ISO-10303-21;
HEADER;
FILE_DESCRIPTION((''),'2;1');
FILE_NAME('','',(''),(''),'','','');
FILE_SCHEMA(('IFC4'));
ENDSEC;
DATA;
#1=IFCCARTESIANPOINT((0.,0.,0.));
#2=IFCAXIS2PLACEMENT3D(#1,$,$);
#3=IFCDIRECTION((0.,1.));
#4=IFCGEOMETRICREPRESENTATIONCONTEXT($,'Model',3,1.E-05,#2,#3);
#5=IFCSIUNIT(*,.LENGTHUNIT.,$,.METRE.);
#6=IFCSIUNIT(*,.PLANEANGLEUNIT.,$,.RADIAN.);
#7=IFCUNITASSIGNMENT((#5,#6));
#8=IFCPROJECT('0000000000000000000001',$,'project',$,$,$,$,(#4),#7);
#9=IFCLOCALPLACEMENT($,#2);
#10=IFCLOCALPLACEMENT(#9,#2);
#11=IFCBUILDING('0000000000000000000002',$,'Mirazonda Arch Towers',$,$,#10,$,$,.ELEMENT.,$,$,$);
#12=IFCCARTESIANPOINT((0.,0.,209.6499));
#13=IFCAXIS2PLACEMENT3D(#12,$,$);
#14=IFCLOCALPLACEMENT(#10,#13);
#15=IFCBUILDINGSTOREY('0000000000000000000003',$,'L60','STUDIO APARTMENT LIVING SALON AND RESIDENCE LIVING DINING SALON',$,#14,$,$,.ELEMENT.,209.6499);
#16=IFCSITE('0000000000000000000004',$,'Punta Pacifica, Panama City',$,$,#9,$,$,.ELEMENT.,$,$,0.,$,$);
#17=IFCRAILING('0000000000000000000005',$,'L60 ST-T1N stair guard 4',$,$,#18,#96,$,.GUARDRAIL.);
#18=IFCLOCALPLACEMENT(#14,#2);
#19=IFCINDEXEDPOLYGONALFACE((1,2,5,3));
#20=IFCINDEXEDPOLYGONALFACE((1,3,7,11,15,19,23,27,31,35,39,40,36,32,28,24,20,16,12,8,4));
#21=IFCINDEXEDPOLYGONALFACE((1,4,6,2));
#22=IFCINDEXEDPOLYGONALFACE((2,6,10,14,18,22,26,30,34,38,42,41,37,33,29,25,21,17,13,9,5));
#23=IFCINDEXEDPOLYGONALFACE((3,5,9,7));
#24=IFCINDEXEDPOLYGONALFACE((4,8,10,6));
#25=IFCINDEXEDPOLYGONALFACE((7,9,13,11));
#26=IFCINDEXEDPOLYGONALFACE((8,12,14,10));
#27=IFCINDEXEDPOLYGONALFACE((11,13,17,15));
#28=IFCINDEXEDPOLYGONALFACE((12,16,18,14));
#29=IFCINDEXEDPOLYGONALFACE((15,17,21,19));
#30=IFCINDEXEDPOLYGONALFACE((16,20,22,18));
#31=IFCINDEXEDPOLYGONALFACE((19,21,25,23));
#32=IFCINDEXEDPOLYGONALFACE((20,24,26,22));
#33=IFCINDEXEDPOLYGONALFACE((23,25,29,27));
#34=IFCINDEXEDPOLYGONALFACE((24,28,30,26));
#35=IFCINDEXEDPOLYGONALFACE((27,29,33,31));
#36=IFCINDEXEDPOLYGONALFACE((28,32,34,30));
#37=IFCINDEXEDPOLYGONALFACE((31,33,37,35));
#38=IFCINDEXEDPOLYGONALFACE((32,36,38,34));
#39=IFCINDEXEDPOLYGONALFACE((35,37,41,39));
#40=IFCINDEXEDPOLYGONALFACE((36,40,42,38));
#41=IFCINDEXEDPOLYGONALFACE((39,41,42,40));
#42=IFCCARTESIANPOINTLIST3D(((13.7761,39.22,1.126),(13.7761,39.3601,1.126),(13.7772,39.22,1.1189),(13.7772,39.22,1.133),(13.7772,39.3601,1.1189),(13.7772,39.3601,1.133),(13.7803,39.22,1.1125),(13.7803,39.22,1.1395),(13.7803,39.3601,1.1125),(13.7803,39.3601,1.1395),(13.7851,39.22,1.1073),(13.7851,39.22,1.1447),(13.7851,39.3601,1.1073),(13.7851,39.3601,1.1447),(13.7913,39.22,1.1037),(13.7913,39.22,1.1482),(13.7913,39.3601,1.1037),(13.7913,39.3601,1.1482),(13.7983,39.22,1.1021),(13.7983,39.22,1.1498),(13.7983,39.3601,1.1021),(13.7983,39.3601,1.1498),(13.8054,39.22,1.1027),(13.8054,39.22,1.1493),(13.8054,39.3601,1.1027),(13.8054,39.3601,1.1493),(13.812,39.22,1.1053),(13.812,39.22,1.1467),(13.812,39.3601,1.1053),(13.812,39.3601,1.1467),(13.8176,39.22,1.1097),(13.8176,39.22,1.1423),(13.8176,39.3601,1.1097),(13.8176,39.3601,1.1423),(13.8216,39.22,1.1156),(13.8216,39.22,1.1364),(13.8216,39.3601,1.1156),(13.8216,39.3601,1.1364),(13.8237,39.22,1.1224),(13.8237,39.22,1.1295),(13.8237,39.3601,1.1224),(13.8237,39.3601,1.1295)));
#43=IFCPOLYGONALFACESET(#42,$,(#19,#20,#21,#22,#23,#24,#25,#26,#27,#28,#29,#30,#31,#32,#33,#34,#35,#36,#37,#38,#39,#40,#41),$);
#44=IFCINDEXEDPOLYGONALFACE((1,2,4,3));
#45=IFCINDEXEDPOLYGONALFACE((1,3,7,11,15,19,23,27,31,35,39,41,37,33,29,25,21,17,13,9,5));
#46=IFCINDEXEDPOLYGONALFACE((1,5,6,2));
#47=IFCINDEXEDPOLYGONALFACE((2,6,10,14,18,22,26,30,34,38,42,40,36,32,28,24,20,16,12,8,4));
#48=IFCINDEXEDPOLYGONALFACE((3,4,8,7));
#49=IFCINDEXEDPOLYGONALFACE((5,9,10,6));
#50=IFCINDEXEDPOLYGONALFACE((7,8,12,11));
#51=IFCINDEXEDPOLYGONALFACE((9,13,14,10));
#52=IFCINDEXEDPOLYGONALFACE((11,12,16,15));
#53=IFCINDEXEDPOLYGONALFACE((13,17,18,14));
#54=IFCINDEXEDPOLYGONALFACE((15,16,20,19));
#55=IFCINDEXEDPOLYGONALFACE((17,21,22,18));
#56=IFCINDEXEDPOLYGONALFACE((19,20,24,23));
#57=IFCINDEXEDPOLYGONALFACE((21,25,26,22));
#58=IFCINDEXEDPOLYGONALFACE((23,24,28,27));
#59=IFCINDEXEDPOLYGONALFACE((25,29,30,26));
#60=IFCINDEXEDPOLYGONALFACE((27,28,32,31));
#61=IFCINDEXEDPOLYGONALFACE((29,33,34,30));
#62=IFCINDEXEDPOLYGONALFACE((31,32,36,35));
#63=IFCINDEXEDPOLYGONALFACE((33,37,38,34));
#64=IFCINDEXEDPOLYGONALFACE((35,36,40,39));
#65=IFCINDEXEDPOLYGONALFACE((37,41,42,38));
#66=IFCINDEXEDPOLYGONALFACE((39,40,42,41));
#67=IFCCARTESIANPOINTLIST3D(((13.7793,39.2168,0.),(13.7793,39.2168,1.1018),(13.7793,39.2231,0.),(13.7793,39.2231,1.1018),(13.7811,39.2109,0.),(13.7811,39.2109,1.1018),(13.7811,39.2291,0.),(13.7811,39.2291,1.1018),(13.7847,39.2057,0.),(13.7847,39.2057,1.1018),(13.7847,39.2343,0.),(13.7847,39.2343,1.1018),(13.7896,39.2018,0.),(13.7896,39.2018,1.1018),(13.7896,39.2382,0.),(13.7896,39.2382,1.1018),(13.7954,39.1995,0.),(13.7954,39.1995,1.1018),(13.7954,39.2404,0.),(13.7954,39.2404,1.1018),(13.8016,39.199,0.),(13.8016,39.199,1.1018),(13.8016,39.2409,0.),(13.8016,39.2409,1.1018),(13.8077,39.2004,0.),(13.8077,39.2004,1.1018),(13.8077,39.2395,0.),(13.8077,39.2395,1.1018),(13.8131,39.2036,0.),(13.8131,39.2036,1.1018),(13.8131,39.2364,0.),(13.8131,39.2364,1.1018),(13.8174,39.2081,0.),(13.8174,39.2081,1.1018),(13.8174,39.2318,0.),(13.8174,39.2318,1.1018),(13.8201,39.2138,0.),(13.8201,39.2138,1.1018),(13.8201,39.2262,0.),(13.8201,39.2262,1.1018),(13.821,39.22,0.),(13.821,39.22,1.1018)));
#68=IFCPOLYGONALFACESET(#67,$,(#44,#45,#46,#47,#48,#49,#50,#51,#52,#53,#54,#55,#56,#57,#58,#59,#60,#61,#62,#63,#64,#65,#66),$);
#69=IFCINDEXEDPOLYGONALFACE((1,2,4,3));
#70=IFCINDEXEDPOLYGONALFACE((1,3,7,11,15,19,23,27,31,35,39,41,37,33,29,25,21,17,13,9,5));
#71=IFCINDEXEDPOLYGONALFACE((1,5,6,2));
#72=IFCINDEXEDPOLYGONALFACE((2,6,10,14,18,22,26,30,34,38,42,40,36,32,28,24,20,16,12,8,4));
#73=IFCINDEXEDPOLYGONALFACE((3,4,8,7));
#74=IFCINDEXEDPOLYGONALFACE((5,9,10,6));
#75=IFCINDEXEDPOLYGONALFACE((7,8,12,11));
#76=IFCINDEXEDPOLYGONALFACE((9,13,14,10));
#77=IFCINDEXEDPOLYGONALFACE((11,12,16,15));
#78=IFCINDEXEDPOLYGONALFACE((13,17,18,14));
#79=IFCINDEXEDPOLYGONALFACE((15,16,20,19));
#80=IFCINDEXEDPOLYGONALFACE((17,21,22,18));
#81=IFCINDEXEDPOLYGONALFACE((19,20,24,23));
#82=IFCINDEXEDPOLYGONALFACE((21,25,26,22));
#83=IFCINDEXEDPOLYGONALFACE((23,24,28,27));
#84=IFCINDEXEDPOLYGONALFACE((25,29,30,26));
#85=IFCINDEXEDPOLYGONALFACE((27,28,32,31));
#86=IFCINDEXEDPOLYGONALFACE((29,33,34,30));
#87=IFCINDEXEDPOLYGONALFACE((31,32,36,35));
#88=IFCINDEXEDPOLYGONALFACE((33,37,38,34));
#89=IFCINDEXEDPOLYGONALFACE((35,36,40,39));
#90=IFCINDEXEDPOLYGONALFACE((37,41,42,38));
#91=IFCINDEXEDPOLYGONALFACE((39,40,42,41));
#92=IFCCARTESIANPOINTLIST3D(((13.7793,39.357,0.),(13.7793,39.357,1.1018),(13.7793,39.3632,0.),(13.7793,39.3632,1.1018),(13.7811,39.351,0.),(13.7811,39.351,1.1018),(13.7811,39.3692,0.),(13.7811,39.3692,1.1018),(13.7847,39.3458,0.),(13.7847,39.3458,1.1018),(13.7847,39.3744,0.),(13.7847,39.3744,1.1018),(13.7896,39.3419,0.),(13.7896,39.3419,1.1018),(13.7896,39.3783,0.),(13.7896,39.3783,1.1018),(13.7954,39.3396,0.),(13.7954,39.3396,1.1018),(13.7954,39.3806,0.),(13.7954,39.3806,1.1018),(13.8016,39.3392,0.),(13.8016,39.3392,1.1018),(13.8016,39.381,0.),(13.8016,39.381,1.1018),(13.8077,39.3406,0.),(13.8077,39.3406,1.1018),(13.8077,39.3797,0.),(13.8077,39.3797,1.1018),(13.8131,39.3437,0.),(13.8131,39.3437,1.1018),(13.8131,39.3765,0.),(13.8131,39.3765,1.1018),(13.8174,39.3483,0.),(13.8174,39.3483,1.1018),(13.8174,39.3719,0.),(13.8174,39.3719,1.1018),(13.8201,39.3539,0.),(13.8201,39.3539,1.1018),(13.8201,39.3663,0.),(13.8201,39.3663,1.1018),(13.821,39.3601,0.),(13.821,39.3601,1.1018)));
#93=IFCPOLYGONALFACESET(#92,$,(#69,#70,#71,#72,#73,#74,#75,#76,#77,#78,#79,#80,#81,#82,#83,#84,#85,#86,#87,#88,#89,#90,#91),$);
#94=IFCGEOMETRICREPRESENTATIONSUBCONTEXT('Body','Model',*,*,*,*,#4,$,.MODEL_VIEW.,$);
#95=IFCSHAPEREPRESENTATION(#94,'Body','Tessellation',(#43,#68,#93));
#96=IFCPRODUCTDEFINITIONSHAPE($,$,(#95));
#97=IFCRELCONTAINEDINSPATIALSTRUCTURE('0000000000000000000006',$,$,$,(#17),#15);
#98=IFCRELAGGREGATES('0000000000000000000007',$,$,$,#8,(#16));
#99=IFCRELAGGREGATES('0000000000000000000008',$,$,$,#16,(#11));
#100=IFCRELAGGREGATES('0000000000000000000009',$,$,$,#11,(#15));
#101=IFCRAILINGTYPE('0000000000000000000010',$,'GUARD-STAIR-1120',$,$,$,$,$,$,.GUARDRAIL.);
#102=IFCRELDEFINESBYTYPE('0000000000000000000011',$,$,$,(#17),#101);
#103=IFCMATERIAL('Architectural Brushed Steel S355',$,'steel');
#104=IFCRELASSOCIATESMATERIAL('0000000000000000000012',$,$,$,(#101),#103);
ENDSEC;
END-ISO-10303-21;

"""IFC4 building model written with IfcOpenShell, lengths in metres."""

from ifc_helpers import new_model, si_unit, direction, frame, origin, origin_2d, place, context, subcontext, project, spatial, circle, extrude, material, type_object, element, save


model = new_model("IFC4")

# Units and contexts
model_context = context("Model", 3, precision=1e-05, world=origin(), true_north=direction((0.0, 1.0)))
body_context = subcontext(model_context, "Body", "Model", "MODEL_VIEW")
ifc_project = project(units=[si_unit("LENGTHUNIT", "METRE"), si_unit("PLANEANGLEUNIT", "RADIAN")], contexts=[model_context])

# Site, building, storey
site_placement = place(None, origin())
site = spatial("IfcSite", under=ifc_project, at=site_placement, Name="Punta Pacifica, Panama City", CompositionType="ELEMENT", RefElevation=0.0)
building_placement = place(site_placement, origin())
building = spatial("IfcBuilding", under=site, at=building_placement, Name="Mirazonda Arch Towers", CompositionType="ELEMENT")
storey_placement = place(building_placement, frame((0.0, 0.0, 209.6499)))
storey = spatial("IfcBuildingStorey", under=building, at=storey_placement, Name="L60", Description="STUDIO APARTMENT LIVING SALON AND RESIDENCE LIVING DINING SALON", CompositionType="ELEMENT", Elevation=209.6499)

# Shared definitions
ifc_material_1 = material(Name="Architectural Brushed Steel S355", Category="steel")

# Railing
railing_type_1 = type_object("IfcRailingType", Name="GUARD-STAIR-1120", PredefinedType="GUARDRAIL", material=ifc_material_1)
railing_1_placement = place(storey_placement, frame((13.8, 39.22, 0.0)))
element("IfcRailing", 1, at=railing_1_placement, inside=storey, type_object=railing_type_1, Name="L60 ST-T1N stair guard 4", PredefinedType="GUARDRAIL", context=body_context, shape_type="SweptSolid", body=[
    extrude(circle(Radius=0.0239, at=origin_2d()), frame((0.0, 0.0, 1.126), z_axis=(0.0, 1.0, 0.0), x_axis=(-1.0, 0.0, 0.0)), (0.0, 0.0, 1.0), 0.1401),
    extrude(circle(Radius=0.021, at=origin_2d()), origin(), (0.0, 0.0, 1.0), 1.1018),
    extrude(circle(Radius=0.021, at=origin_2d()), frame((0.0, 0.1401, 0.0)), (0.0, 0.0, 1.0), 1.1018),
])

save(model, "model.ifc")
